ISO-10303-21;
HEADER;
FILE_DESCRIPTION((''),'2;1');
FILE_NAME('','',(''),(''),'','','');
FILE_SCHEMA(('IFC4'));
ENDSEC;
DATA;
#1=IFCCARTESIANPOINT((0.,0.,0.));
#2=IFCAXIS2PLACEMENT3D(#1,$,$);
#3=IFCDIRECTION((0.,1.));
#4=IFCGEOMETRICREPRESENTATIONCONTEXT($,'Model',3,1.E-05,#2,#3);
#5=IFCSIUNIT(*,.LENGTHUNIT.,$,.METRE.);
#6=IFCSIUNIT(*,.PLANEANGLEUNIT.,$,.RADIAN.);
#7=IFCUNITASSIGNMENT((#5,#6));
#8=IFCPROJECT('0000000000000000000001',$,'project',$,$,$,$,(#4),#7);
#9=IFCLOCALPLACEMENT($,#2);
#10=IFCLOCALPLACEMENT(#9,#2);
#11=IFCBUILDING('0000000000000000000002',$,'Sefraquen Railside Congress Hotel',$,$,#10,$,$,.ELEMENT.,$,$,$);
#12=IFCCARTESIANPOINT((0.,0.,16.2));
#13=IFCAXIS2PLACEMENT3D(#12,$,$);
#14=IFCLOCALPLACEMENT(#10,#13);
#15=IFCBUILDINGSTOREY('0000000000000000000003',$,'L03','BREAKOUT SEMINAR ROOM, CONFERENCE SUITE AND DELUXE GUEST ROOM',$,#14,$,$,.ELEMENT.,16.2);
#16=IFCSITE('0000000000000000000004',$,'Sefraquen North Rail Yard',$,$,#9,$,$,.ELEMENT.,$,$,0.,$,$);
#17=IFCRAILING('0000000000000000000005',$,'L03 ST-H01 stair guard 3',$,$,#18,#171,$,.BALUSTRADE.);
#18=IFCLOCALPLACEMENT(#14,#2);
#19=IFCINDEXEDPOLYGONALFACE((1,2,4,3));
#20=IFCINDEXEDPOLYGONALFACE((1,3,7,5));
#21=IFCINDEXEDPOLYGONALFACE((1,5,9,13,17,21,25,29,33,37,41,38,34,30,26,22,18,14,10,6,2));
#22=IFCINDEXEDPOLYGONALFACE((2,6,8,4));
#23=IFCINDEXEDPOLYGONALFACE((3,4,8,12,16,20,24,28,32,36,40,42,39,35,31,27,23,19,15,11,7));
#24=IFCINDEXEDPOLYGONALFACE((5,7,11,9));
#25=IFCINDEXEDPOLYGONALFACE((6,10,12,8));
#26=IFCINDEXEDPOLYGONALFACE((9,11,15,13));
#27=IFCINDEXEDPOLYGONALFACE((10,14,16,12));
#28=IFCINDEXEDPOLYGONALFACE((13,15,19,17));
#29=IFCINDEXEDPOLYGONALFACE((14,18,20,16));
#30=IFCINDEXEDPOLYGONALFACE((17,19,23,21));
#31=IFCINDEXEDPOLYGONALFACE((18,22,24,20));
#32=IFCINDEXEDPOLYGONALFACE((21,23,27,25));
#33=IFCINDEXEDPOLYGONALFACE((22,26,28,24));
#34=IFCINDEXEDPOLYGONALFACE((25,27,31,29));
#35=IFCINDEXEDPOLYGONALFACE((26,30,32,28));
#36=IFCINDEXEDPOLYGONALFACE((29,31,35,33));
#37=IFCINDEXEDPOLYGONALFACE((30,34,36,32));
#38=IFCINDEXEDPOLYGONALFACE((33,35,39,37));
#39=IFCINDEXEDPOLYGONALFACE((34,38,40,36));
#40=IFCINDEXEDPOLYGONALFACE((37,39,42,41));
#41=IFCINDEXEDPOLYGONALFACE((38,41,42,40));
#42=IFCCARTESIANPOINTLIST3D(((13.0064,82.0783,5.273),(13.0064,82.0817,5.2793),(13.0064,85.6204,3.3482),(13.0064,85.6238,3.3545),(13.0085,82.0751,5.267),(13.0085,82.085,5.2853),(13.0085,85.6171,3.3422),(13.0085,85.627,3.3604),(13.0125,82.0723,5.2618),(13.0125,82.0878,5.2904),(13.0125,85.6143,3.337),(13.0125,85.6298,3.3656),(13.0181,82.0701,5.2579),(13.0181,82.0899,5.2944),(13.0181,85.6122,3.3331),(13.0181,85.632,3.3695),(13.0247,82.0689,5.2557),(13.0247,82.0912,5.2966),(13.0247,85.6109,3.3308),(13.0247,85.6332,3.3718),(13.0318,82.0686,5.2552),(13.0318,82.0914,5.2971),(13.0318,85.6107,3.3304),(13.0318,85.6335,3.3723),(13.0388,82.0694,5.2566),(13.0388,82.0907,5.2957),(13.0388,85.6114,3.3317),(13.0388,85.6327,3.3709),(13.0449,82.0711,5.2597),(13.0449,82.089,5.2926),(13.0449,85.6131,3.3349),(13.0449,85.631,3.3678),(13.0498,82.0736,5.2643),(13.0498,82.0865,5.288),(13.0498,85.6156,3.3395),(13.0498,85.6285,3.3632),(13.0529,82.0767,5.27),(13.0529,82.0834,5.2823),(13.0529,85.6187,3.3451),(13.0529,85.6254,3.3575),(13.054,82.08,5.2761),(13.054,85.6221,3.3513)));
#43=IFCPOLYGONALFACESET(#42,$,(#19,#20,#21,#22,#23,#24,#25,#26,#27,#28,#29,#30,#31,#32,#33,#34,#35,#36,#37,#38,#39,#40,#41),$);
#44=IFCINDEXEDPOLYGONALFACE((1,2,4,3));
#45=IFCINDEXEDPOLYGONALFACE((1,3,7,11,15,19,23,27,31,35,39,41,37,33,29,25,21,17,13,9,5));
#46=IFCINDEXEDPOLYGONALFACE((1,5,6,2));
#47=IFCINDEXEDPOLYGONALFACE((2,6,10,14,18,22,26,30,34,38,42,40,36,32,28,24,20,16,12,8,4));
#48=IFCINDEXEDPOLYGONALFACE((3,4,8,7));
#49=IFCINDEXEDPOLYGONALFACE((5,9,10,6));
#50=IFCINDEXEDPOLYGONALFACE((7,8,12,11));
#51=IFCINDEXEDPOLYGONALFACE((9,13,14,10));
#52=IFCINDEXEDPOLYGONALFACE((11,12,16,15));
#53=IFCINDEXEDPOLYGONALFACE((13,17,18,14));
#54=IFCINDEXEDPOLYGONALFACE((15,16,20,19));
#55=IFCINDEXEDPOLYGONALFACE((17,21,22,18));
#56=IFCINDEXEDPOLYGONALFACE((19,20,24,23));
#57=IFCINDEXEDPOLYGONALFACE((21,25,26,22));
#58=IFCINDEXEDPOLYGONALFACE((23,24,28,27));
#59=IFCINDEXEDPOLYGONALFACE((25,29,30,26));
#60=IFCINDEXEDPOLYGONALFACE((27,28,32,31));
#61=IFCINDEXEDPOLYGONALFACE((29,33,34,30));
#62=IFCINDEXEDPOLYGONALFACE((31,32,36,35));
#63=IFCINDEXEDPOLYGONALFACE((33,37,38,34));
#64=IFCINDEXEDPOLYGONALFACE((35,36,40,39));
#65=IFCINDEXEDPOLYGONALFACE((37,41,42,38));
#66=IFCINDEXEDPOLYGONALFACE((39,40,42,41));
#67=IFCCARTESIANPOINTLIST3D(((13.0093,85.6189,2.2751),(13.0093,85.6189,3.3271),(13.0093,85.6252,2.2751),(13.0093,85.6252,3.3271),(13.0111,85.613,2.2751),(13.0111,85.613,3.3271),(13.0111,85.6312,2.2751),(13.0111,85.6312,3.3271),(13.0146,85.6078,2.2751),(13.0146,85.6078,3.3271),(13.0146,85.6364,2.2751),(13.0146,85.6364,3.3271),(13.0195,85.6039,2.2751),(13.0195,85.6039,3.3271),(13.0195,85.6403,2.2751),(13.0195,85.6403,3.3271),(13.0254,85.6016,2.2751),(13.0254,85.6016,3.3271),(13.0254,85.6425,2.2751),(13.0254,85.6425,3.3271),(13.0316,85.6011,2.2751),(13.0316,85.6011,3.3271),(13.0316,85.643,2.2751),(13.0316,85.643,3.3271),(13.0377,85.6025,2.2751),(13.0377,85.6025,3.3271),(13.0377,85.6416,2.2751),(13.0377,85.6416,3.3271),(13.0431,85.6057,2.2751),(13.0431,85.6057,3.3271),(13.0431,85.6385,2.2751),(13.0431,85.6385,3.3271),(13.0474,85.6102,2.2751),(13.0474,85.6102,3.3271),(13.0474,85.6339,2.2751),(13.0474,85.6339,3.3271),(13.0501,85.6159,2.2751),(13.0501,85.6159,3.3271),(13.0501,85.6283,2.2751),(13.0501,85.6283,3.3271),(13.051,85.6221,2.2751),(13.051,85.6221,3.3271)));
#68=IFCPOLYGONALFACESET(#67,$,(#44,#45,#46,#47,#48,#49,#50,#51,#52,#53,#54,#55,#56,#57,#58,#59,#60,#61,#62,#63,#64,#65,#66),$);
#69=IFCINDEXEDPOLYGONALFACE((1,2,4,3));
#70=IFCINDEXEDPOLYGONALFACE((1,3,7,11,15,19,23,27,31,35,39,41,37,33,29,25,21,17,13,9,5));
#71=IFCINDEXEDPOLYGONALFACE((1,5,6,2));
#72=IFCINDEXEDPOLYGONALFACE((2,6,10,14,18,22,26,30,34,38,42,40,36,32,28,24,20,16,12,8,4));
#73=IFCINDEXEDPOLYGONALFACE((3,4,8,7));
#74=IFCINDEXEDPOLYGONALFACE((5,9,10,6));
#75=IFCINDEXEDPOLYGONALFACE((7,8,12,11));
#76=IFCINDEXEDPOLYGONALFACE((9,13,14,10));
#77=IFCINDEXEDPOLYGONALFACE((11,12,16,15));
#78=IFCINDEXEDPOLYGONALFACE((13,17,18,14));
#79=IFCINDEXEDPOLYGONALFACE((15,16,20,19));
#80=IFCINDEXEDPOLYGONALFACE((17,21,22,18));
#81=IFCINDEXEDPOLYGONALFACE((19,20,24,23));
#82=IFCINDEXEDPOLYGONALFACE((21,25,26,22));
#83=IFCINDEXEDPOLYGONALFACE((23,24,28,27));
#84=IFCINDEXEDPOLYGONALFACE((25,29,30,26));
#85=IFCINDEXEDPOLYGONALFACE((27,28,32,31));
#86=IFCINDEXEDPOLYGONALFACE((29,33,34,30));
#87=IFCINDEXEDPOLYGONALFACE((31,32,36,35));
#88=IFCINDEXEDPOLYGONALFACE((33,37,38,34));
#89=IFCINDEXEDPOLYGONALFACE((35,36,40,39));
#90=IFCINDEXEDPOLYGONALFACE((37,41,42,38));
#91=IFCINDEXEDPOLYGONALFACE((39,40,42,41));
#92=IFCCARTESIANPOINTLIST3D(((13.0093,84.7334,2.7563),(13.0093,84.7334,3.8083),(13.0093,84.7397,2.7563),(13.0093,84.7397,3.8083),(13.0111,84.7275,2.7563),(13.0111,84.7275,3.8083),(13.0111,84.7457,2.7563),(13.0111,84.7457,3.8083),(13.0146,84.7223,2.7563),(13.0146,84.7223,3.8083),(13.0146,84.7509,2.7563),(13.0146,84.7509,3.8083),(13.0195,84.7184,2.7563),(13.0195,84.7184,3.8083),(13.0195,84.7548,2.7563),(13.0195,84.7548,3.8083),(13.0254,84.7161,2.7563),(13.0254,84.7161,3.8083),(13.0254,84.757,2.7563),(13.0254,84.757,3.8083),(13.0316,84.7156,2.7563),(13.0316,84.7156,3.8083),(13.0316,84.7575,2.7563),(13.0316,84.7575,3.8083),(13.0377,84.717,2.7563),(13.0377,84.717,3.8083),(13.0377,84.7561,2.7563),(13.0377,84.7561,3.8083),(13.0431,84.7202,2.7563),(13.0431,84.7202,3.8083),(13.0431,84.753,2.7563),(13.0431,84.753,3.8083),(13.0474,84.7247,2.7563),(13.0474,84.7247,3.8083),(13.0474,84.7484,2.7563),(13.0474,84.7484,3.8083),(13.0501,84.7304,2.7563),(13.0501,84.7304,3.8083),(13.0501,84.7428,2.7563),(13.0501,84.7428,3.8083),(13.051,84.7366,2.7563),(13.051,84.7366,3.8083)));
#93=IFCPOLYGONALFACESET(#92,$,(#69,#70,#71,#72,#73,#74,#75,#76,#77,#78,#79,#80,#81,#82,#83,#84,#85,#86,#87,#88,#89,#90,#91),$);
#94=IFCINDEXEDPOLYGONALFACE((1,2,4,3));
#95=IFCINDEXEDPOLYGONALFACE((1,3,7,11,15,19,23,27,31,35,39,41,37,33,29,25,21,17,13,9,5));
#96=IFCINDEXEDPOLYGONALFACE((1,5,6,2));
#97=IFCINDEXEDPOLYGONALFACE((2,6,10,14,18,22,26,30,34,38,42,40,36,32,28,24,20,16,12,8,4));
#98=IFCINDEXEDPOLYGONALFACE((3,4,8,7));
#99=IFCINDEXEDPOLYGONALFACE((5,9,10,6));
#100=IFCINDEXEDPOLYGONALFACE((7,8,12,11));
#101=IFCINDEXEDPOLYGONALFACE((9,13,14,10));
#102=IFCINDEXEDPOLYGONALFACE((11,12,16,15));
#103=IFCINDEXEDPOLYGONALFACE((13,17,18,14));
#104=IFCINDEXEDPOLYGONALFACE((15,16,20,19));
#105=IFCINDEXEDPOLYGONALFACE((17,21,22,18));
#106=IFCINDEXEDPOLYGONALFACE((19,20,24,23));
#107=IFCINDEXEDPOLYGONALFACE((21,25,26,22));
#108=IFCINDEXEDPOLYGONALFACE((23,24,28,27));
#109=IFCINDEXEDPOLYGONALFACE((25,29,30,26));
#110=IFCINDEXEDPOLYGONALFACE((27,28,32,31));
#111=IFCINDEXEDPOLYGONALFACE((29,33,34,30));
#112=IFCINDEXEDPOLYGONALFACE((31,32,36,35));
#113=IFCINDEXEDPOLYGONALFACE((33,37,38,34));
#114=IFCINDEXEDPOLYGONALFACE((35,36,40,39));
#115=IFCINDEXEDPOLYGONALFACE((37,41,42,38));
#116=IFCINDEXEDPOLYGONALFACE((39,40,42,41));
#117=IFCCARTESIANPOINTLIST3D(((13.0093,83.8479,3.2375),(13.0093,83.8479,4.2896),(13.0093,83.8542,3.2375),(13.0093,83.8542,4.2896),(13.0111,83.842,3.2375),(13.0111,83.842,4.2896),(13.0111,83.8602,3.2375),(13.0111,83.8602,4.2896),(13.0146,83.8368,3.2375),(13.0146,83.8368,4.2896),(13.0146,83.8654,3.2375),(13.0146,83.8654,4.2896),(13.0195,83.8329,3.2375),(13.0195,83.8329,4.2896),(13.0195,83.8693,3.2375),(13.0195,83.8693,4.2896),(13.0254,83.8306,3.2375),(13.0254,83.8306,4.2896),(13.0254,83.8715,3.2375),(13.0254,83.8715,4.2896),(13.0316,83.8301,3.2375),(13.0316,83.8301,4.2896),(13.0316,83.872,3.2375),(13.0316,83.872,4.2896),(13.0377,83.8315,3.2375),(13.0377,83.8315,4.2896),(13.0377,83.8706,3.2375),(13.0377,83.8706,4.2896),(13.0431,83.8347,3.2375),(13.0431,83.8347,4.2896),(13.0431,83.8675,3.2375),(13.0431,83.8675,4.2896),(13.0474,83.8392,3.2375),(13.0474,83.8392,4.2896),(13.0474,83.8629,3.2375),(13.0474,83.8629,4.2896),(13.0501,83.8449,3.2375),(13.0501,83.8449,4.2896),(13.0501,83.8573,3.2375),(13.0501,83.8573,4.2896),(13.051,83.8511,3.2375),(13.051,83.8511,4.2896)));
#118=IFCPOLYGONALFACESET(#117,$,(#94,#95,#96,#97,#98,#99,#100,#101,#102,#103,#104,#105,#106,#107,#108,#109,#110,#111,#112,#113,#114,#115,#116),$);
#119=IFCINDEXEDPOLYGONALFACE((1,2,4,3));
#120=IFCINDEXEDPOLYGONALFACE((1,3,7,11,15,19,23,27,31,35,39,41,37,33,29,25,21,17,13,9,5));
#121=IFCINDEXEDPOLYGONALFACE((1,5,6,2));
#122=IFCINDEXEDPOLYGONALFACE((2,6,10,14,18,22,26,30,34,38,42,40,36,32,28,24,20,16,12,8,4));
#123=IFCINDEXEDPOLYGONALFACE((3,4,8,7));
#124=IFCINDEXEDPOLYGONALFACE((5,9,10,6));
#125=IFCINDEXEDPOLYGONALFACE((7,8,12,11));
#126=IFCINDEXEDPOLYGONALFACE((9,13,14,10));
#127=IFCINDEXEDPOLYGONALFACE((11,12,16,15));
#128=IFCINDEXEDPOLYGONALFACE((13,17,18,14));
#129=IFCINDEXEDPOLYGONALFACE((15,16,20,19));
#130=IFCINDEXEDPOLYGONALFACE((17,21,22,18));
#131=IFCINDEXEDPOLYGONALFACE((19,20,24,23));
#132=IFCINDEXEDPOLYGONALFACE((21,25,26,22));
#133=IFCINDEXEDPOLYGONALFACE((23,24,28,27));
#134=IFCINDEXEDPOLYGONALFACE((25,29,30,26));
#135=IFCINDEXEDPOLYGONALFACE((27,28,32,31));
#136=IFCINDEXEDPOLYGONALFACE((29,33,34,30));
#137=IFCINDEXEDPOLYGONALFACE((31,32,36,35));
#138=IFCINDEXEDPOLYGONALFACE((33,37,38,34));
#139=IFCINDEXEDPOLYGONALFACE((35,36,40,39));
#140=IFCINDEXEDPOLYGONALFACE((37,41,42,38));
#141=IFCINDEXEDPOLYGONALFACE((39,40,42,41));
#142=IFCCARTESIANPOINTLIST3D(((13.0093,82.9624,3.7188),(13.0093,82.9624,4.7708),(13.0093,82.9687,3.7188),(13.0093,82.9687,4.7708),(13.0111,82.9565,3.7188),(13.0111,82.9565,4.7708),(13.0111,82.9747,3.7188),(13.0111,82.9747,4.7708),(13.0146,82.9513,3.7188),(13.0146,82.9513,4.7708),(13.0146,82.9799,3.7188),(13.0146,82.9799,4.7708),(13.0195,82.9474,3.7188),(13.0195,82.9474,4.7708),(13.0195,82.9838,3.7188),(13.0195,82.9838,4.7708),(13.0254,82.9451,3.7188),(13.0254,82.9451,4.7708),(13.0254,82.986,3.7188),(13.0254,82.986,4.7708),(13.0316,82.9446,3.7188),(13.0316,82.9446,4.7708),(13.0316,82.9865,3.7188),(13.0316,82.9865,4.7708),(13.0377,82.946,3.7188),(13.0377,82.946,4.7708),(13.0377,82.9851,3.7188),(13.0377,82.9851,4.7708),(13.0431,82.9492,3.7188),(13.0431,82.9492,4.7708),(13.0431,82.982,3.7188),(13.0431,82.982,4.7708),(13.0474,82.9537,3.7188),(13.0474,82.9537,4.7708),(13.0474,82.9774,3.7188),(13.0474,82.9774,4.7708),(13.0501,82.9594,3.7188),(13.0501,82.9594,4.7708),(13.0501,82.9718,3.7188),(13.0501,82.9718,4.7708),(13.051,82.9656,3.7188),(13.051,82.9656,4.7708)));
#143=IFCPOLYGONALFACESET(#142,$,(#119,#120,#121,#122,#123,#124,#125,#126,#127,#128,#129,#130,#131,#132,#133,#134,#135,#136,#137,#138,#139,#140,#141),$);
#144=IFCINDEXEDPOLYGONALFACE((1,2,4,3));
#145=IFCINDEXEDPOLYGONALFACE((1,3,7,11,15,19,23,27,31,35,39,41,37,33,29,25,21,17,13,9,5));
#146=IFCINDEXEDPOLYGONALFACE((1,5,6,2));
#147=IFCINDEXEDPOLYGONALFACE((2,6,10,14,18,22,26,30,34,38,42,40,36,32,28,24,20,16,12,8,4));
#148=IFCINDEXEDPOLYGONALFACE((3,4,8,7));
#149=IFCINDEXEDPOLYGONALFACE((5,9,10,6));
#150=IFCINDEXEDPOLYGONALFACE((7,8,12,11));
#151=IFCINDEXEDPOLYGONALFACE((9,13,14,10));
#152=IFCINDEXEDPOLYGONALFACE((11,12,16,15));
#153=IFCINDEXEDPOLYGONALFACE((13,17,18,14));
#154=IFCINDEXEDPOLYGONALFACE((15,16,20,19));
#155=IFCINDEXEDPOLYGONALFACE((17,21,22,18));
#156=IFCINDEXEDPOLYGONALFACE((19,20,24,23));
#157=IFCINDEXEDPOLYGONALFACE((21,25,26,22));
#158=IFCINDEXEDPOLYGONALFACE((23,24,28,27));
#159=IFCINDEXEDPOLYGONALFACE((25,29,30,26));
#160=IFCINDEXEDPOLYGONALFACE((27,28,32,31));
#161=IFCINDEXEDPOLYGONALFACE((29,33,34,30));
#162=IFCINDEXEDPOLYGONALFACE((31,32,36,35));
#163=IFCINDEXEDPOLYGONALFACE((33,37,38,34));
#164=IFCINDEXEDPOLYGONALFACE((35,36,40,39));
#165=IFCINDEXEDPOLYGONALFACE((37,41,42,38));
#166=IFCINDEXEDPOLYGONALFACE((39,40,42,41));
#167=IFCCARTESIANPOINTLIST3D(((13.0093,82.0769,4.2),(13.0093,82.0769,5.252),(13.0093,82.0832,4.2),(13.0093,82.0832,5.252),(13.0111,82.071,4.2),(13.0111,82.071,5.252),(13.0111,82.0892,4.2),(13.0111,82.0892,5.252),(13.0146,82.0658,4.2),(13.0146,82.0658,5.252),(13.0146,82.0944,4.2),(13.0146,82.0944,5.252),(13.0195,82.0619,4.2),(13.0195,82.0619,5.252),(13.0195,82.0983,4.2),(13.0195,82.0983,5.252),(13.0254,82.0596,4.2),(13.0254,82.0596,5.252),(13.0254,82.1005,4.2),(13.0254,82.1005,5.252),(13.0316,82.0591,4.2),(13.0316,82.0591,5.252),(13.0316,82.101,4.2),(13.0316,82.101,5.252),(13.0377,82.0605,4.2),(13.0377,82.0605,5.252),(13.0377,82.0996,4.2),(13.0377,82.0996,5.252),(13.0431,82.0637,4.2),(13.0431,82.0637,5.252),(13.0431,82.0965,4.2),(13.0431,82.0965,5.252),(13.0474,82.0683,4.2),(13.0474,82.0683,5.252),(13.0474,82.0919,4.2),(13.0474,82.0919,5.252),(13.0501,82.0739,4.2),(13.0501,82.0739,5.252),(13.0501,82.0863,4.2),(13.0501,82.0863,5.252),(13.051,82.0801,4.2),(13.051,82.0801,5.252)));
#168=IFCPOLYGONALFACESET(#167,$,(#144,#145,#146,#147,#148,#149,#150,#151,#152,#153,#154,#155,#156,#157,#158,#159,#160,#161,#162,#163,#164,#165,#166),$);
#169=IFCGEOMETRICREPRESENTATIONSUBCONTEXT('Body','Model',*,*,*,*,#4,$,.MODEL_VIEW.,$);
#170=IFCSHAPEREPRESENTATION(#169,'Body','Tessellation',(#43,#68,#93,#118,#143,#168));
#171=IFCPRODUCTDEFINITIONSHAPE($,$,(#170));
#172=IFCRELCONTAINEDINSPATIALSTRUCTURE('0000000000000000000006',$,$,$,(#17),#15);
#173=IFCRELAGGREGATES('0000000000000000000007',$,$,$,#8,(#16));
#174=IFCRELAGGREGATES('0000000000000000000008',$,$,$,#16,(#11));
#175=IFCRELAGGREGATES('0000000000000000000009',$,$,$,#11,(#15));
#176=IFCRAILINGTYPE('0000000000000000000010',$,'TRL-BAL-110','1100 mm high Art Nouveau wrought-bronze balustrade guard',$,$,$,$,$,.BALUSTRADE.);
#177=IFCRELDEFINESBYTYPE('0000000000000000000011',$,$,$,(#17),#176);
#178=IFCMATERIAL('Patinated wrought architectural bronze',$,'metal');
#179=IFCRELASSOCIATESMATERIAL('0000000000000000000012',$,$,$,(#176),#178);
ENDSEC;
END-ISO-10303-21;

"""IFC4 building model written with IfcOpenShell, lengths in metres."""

from ifc_helpers import new_model, si_unit, direction, frame, origin, origin_2d, place, context, subcontext, project, spatial, circle, extrude, material, type_object, element, save


model = new_model("IFC4")

# Units and contexts
model_context = context("Model", 3, precision=1e-05, world=origin(), true_north=direction((0.0, 1.0)))
body_context = subcontext(model_context, "Body", "Model", "MODEL_VIEW")
ifc_project = project(units=[si_unit("LENGTHUNIT", "METRE"), si_unit("PLANEANGLEUNIT", "RADIAN")], contexts=[model_context])

# Site, building, storey
site_placement = place(None, origin())
site = spatial("IfcSite", under=ifc_project, at=site_placement, Name="Sefraquen North Rail Yard", CompositionType="ELEMENT", RefElevation=0.0)
building_placement = place(site_placement, origin())
building = spatial("IfcBuilding", under=site, at=building_placement, Name="Sefraquen Railside Congress Hotel", CompositionType="ELEMENT")
storey_placement = place(building_placement, frame((0.0, 0.0, 16.2)))
storey = spatial("IfcBuildingStorey", under=building, at=storey_placement, Name="L03", Description="BREAKOUT SEMINAR ROOM, CONFERENCE SUITE AND DELUXE GUEST ROOM", CompositionType="ELEMENT", Elevation=16.2)

# Railing
ifc_material_1 = material(Name="Patinated wrought architectural bronze", Category="metal")
railing_type_1 = type_object("IfcRailingType", Name="TRL-BAL-110", Description="1100 mm high Art Nouveau wrought-bronze balustrade guard", PredefinedType="BALUSTRADE", material=ifc_material_1)
railing_1_placement = place(storey_placement, frame((13.03, 85.6221, 2.2751)))
element("IfcRailing", 1, at=railing_1_placement, inside=storey, type_object=railing_type_1, Name="L03 ST-H01 stair guard 3", PredefinedType="BALUSTRADE", context=body_context, shape_type="SweptSolid", body=[
    extrude(circle(Radius=0.0239, at=origin_2d()), frame((0.0, 0.0, 1.0762), z_axis=(0.0, -0.878644, 0.477477), x_axis=(1.0, 0.0, 0.0)), (0.0, 0.0, 1.0), 4.0312),
    extrude(circle(Radius=0.021, at=origin_2d()), origin(), (0.0, 0.0, 1.0), 1.052),
    extrude(circle(Radius=0.021, at=origin_2d()), frame((0.0, -0.8855, 0.4812)), (0.0, 0.0, 1.0), 1.052),
    extrude(circle(Radius=0.021, at=origin_2d()), frame((0.0, -1.771, 0.9624)), (0.0, 0.0, 1.0), 1.052),
    extrude(circle(Radius=0.021, at=origin_2d()), frame((0.0, -2.6565, 1.4436)), (0.0, 0.0, 1.0), 1.052),
    extrude(circle(Radius=0.021, at=origin_2d()), frame((0.0, -3.542, 1.9248)), (0.0, 0.0, 1.0), 1.052),
])

save(model, "model.ifc")
